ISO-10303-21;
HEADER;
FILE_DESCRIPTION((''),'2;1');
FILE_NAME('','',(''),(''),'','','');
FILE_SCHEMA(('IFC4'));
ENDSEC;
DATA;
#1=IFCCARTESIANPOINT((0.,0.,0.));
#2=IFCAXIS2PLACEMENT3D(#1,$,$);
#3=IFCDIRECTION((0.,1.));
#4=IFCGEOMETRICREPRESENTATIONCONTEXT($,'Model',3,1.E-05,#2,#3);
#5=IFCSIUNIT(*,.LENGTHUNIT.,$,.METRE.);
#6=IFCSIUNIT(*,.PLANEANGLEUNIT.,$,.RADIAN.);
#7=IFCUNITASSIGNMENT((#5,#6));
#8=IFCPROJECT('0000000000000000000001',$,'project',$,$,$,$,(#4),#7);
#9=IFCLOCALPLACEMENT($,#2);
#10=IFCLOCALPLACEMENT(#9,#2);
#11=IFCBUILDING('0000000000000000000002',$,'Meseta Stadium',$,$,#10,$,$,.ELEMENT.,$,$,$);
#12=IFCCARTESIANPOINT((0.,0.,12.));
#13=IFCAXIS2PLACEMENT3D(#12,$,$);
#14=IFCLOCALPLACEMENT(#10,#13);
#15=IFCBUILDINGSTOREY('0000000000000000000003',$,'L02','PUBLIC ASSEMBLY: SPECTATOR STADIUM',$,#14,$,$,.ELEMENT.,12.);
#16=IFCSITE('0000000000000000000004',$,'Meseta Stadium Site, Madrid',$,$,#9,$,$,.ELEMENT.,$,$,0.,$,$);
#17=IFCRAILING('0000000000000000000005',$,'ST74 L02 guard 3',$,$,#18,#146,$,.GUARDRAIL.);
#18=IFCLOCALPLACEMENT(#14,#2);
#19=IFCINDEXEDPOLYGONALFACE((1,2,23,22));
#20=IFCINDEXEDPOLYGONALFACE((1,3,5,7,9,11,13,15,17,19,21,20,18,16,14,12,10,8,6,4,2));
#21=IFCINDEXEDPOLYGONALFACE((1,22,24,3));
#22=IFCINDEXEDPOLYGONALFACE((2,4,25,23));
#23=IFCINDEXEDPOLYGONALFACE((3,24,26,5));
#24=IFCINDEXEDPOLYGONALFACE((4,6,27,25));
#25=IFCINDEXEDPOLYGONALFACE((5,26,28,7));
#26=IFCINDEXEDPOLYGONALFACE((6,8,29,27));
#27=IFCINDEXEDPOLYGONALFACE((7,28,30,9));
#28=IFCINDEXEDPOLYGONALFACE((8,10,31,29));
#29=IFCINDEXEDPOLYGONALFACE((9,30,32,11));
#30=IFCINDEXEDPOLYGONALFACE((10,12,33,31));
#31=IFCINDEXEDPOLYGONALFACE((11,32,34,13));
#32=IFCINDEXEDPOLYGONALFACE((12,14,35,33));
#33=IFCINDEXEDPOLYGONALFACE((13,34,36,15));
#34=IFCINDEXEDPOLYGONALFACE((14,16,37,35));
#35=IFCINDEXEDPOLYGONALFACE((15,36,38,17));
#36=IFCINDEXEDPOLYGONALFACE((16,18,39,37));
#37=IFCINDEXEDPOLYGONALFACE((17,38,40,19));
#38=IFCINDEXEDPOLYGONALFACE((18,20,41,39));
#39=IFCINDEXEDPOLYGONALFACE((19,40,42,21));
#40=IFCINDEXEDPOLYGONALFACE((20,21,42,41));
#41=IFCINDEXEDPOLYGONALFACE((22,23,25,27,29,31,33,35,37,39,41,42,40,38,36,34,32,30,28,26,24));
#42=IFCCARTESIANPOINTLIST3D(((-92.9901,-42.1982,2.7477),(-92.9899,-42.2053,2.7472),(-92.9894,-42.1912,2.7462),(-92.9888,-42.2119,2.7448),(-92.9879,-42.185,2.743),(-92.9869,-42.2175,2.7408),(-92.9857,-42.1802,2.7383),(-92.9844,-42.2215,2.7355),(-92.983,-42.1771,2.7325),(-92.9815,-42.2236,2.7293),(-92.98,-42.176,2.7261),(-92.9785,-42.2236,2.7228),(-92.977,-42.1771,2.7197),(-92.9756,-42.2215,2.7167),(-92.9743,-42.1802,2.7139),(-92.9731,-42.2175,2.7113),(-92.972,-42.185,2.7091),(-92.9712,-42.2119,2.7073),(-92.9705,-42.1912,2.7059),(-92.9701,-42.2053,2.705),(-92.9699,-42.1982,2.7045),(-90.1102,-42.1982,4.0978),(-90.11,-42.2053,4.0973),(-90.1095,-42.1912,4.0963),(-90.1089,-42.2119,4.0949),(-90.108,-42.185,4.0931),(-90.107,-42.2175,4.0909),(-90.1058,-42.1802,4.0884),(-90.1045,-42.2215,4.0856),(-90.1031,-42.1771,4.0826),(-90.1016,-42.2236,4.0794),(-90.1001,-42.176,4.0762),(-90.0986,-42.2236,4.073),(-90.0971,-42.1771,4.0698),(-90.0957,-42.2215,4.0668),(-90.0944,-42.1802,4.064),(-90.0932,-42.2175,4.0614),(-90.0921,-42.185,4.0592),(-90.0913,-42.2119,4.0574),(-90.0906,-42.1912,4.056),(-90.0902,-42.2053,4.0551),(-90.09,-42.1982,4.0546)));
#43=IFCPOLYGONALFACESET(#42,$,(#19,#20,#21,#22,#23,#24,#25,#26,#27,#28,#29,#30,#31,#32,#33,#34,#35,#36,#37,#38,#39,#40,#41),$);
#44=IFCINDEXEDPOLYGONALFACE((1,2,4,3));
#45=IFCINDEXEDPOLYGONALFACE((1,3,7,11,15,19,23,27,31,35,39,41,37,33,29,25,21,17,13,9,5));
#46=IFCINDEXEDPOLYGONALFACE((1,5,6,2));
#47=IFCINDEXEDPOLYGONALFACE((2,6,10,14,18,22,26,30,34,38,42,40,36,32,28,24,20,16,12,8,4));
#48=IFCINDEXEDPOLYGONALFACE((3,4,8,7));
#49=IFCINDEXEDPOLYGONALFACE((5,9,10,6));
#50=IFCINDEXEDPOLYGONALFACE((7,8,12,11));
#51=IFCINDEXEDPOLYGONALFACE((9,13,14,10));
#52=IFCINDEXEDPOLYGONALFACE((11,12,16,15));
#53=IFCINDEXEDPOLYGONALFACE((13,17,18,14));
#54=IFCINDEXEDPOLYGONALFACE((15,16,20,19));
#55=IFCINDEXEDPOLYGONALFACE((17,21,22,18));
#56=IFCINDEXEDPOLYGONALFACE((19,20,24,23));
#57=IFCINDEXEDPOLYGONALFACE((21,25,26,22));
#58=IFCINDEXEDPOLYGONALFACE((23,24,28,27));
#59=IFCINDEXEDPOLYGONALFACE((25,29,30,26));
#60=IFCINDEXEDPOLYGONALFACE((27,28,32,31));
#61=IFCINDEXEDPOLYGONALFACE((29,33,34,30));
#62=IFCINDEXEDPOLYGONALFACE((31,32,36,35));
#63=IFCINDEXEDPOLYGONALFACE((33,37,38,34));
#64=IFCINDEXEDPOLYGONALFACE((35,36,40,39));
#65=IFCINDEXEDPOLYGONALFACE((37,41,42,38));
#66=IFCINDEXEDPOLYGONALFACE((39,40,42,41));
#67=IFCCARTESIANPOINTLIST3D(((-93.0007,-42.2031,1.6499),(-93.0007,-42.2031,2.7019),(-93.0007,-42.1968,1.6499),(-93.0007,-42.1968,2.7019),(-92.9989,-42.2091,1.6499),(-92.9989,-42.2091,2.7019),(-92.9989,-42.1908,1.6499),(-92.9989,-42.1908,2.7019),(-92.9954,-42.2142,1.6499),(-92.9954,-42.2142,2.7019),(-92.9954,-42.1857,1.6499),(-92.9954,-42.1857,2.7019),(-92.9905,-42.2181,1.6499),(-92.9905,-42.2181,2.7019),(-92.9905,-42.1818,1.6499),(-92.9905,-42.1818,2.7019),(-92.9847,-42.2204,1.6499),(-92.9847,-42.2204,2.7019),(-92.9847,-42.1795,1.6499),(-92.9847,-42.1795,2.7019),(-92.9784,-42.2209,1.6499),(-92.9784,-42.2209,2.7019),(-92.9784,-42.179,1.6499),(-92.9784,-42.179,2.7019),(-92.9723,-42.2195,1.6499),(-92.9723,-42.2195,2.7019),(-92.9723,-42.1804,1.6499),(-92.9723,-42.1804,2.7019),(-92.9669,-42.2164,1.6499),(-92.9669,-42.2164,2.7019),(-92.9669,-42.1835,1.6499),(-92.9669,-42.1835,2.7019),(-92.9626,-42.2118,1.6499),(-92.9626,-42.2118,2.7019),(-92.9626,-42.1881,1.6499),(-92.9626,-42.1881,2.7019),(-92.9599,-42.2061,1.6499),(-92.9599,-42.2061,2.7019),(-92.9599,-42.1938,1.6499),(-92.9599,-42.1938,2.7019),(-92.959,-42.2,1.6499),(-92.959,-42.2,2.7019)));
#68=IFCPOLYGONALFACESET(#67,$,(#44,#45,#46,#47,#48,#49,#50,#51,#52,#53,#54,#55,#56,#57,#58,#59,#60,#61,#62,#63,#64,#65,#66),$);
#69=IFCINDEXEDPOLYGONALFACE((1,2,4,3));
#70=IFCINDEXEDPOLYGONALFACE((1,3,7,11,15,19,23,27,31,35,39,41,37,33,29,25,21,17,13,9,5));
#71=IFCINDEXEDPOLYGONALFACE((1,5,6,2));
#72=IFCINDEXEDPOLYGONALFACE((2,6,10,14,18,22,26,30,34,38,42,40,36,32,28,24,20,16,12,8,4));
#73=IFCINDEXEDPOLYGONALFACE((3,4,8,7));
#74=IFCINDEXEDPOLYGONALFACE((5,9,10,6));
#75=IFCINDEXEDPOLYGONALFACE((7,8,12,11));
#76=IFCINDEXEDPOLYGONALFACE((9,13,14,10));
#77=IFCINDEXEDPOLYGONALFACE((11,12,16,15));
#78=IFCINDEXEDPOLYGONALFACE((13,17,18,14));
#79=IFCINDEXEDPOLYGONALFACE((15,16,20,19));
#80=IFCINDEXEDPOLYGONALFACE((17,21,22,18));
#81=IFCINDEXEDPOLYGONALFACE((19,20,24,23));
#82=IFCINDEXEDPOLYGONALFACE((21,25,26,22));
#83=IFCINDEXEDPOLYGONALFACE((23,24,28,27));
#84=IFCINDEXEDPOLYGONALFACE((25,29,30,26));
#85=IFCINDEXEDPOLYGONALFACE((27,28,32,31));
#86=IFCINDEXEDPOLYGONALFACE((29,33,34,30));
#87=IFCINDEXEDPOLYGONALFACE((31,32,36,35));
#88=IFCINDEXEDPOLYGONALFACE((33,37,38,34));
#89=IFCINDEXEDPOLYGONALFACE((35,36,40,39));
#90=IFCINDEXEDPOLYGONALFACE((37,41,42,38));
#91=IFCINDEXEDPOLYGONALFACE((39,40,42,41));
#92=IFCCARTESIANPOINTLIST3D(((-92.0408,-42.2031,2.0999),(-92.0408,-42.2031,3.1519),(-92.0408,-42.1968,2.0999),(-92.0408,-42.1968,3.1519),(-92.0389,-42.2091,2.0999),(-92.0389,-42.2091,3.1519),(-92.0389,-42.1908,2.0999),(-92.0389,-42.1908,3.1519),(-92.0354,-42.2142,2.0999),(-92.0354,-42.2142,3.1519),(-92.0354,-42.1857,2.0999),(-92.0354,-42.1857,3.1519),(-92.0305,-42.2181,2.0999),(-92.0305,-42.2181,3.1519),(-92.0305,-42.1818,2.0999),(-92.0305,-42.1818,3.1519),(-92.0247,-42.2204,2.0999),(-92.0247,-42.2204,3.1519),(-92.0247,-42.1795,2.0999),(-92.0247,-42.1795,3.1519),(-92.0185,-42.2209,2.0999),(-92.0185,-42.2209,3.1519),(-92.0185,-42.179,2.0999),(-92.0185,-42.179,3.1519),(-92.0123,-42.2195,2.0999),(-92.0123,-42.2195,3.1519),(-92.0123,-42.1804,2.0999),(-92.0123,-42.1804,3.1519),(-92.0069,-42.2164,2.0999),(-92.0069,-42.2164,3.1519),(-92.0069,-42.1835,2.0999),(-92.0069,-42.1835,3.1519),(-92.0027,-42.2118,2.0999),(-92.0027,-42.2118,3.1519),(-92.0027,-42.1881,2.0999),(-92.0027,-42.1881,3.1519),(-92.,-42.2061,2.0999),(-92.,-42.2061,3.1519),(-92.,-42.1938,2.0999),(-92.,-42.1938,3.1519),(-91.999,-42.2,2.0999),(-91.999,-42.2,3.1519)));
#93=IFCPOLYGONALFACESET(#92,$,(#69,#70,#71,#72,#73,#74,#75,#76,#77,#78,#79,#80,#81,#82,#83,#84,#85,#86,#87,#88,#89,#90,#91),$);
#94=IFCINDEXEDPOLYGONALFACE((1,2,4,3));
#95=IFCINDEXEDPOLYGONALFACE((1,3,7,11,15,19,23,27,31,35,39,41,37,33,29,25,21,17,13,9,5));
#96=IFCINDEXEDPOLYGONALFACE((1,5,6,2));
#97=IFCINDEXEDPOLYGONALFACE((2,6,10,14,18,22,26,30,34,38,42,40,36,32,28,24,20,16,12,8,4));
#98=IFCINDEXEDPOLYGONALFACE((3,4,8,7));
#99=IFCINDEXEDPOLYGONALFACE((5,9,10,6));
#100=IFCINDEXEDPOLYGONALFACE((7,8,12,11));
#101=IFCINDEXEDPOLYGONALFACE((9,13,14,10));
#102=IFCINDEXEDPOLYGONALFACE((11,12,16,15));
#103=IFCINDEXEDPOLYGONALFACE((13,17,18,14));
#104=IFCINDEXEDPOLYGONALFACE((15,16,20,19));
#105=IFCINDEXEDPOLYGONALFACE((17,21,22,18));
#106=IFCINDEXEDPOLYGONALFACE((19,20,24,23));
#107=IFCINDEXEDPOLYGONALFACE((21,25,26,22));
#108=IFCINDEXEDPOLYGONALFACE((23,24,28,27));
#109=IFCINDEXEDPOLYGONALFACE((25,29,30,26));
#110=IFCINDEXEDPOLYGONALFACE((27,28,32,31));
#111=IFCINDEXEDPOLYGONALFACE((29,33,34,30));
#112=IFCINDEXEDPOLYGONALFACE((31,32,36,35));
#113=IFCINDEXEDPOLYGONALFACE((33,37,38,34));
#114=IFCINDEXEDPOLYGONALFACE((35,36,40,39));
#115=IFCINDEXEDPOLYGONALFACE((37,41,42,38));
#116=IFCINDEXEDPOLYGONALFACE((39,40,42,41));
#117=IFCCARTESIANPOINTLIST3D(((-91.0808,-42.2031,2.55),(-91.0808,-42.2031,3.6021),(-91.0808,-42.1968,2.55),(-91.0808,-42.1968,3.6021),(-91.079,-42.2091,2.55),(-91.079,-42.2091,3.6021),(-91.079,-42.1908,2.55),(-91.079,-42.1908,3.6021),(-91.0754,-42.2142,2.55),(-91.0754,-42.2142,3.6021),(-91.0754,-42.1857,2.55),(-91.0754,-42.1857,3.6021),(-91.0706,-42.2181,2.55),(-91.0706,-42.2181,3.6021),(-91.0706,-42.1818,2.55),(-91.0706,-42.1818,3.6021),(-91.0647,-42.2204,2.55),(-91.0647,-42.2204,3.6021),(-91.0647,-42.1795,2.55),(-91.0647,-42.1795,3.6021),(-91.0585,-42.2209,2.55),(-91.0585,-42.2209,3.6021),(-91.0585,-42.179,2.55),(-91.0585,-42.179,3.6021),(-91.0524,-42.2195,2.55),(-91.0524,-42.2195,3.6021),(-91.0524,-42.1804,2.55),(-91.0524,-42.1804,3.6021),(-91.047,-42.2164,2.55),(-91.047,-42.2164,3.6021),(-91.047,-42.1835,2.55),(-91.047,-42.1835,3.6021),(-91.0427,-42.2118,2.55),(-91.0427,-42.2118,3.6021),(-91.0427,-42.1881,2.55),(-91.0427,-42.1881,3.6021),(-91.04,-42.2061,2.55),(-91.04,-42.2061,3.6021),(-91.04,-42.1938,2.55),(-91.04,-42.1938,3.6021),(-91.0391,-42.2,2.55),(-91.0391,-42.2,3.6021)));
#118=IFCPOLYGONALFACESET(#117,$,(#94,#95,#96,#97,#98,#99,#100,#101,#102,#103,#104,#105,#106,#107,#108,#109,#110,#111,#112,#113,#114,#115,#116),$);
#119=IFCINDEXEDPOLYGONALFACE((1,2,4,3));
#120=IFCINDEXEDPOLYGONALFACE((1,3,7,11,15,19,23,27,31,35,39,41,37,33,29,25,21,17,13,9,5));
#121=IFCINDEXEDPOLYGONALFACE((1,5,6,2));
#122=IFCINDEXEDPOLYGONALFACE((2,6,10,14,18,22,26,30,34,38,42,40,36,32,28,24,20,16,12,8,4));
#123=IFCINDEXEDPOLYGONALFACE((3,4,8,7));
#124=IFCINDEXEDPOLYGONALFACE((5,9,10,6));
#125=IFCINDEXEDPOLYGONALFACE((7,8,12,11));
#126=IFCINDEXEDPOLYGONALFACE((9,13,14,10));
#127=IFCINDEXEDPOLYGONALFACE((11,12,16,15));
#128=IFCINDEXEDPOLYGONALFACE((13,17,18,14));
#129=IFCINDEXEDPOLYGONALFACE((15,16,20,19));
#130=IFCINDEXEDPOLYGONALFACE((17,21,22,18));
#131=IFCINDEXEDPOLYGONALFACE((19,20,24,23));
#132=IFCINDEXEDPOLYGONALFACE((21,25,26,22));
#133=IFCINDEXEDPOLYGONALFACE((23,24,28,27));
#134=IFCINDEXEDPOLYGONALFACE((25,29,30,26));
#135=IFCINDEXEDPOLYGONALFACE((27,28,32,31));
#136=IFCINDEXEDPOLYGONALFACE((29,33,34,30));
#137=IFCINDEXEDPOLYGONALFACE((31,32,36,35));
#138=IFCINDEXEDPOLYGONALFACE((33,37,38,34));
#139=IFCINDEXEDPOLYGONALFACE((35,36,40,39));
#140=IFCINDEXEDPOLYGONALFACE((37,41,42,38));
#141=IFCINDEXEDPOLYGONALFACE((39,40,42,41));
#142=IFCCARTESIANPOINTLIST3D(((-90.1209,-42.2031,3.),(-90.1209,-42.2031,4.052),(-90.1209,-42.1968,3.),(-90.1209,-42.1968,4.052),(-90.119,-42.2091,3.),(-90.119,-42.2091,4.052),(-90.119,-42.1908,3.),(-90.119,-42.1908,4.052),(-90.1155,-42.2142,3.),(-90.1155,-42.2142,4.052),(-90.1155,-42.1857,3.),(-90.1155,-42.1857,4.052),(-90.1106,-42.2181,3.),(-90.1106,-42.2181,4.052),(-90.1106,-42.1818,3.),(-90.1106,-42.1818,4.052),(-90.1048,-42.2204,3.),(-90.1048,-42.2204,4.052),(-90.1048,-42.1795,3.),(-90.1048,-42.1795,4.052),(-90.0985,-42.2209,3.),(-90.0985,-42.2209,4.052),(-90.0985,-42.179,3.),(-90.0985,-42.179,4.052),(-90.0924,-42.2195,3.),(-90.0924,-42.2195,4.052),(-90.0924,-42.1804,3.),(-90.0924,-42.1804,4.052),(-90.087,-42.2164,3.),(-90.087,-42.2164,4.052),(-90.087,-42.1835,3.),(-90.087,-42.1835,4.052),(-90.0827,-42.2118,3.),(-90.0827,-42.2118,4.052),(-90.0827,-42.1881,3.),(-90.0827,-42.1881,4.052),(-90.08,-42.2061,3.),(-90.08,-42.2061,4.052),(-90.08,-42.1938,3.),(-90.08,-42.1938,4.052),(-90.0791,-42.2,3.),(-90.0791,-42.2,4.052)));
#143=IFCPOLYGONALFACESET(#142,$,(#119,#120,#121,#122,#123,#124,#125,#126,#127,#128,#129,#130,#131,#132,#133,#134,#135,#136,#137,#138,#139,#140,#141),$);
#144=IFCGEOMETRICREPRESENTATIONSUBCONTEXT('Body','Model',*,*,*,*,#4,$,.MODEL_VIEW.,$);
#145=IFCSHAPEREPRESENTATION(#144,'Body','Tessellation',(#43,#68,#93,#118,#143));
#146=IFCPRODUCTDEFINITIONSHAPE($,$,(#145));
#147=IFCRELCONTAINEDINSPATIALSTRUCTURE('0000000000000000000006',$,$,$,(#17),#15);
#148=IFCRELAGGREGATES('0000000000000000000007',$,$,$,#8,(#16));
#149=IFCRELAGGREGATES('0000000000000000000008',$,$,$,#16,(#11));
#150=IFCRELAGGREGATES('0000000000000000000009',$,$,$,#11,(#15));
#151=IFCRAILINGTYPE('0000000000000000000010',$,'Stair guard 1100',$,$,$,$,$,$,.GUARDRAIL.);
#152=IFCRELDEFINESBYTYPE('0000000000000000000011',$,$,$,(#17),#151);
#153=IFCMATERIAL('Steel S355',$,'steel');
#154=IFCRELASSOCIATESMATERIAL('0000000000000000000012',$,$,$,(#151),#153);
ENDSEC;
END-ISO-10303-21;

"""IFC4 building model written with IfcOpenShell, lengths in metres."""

from ifc_helpers import new_model, si_unit, direction, frame, origin, origin_2d, place, context, subcontext, project, spatial, circle, extrude, material, type_object, element, save


model = new_model("IFC4")

# Units and contexts
model_context = context("Model", 3, precision=1e-05, world=origin(), true_north=direction((0.0, 1.0)))
body_context = subcontext(model_context, "Body", "Model", "MODEL_VIEW")
ifc_project = project(units=[si_unit("LENGTHUNIT", "METRE"), si_unit("PLANEANGLEUNIT", "RADIAN")], contexts=[model_context])

# Site, building, storey
site_placement = place(None, origin())
site = spatial("IfcSite", under=ifc_project, at=site_placement, Name="Meseta Stadium Site, Madrid", CompositionType="ELEMENT", RefElevation=0.0)
building_placement = place(site_placement, origin())
building = spatial("IfcBuilding", under=site, at=building_placement, Name="Meseta Stadium", CompositionType="ELEMENT")
storey_placement = place(building_placement, frame((0.0, 0.0, 12.0)))
storey = spatial("IfcBuildingStorey", under=building, at=storey_placement, Name="L02", Description="PUBLIC ASSEMBLY: SPECTATOR STADIUM", CompositionType="ELEMENT", Elevation=12.0)

# Railing
ifc_material_1 = material(Name="Steel S355", Category="steel")
railing_type_1 = type_object("IfcRailingType", Name="Stair guard 1100", PredefinedType="GUARDRAIL", material=ifc_material_1)
railing_1_placement = place(storey_placement, frame((-92.98, -42.2, 1.6499)))
element("IfcRailing", 1, at=railing_1_placement, inside=storey, type_object=railing_type_1, Name="ST74 L02 guard 3", PredefinedType="GUARDRAIL", context=body_context, shape_type="SweptSolid", body=[
    extrude(circle(Radius=0.0239, at=origin_2d()), frame((0.0, 0.0, 1.0762), z_axis=(0.90544, 0.0, 0.424473), x_axis=(0.0, 1.0, 0.0)), (0.0, 0.0, 1.0), 3.1807),
    extrude(circle(Radius=0.021, at=origin_2d()), origin(), (0.0, 0.0, 1.0), 1.052),
    extrude(circle(Radius=0.021, at=origin_2d()), frame((0.96, 0.0, 0.45)), (0.0, 0.0, 1.0), 1.052),
    extrude(circle(Radius=0.021, at=origin_2d()), frame((1.9199, 0.0, 0.9001)), (0.0, 0.0, 1.0), 1.052),
    extrude(circle(Radius=0.021, at=origin_2d()), frame((2.8799, 0.0, 1.3501)), (0.0, 0.0, 1.0), 1.052),
])

save(model, "model.ifc")
